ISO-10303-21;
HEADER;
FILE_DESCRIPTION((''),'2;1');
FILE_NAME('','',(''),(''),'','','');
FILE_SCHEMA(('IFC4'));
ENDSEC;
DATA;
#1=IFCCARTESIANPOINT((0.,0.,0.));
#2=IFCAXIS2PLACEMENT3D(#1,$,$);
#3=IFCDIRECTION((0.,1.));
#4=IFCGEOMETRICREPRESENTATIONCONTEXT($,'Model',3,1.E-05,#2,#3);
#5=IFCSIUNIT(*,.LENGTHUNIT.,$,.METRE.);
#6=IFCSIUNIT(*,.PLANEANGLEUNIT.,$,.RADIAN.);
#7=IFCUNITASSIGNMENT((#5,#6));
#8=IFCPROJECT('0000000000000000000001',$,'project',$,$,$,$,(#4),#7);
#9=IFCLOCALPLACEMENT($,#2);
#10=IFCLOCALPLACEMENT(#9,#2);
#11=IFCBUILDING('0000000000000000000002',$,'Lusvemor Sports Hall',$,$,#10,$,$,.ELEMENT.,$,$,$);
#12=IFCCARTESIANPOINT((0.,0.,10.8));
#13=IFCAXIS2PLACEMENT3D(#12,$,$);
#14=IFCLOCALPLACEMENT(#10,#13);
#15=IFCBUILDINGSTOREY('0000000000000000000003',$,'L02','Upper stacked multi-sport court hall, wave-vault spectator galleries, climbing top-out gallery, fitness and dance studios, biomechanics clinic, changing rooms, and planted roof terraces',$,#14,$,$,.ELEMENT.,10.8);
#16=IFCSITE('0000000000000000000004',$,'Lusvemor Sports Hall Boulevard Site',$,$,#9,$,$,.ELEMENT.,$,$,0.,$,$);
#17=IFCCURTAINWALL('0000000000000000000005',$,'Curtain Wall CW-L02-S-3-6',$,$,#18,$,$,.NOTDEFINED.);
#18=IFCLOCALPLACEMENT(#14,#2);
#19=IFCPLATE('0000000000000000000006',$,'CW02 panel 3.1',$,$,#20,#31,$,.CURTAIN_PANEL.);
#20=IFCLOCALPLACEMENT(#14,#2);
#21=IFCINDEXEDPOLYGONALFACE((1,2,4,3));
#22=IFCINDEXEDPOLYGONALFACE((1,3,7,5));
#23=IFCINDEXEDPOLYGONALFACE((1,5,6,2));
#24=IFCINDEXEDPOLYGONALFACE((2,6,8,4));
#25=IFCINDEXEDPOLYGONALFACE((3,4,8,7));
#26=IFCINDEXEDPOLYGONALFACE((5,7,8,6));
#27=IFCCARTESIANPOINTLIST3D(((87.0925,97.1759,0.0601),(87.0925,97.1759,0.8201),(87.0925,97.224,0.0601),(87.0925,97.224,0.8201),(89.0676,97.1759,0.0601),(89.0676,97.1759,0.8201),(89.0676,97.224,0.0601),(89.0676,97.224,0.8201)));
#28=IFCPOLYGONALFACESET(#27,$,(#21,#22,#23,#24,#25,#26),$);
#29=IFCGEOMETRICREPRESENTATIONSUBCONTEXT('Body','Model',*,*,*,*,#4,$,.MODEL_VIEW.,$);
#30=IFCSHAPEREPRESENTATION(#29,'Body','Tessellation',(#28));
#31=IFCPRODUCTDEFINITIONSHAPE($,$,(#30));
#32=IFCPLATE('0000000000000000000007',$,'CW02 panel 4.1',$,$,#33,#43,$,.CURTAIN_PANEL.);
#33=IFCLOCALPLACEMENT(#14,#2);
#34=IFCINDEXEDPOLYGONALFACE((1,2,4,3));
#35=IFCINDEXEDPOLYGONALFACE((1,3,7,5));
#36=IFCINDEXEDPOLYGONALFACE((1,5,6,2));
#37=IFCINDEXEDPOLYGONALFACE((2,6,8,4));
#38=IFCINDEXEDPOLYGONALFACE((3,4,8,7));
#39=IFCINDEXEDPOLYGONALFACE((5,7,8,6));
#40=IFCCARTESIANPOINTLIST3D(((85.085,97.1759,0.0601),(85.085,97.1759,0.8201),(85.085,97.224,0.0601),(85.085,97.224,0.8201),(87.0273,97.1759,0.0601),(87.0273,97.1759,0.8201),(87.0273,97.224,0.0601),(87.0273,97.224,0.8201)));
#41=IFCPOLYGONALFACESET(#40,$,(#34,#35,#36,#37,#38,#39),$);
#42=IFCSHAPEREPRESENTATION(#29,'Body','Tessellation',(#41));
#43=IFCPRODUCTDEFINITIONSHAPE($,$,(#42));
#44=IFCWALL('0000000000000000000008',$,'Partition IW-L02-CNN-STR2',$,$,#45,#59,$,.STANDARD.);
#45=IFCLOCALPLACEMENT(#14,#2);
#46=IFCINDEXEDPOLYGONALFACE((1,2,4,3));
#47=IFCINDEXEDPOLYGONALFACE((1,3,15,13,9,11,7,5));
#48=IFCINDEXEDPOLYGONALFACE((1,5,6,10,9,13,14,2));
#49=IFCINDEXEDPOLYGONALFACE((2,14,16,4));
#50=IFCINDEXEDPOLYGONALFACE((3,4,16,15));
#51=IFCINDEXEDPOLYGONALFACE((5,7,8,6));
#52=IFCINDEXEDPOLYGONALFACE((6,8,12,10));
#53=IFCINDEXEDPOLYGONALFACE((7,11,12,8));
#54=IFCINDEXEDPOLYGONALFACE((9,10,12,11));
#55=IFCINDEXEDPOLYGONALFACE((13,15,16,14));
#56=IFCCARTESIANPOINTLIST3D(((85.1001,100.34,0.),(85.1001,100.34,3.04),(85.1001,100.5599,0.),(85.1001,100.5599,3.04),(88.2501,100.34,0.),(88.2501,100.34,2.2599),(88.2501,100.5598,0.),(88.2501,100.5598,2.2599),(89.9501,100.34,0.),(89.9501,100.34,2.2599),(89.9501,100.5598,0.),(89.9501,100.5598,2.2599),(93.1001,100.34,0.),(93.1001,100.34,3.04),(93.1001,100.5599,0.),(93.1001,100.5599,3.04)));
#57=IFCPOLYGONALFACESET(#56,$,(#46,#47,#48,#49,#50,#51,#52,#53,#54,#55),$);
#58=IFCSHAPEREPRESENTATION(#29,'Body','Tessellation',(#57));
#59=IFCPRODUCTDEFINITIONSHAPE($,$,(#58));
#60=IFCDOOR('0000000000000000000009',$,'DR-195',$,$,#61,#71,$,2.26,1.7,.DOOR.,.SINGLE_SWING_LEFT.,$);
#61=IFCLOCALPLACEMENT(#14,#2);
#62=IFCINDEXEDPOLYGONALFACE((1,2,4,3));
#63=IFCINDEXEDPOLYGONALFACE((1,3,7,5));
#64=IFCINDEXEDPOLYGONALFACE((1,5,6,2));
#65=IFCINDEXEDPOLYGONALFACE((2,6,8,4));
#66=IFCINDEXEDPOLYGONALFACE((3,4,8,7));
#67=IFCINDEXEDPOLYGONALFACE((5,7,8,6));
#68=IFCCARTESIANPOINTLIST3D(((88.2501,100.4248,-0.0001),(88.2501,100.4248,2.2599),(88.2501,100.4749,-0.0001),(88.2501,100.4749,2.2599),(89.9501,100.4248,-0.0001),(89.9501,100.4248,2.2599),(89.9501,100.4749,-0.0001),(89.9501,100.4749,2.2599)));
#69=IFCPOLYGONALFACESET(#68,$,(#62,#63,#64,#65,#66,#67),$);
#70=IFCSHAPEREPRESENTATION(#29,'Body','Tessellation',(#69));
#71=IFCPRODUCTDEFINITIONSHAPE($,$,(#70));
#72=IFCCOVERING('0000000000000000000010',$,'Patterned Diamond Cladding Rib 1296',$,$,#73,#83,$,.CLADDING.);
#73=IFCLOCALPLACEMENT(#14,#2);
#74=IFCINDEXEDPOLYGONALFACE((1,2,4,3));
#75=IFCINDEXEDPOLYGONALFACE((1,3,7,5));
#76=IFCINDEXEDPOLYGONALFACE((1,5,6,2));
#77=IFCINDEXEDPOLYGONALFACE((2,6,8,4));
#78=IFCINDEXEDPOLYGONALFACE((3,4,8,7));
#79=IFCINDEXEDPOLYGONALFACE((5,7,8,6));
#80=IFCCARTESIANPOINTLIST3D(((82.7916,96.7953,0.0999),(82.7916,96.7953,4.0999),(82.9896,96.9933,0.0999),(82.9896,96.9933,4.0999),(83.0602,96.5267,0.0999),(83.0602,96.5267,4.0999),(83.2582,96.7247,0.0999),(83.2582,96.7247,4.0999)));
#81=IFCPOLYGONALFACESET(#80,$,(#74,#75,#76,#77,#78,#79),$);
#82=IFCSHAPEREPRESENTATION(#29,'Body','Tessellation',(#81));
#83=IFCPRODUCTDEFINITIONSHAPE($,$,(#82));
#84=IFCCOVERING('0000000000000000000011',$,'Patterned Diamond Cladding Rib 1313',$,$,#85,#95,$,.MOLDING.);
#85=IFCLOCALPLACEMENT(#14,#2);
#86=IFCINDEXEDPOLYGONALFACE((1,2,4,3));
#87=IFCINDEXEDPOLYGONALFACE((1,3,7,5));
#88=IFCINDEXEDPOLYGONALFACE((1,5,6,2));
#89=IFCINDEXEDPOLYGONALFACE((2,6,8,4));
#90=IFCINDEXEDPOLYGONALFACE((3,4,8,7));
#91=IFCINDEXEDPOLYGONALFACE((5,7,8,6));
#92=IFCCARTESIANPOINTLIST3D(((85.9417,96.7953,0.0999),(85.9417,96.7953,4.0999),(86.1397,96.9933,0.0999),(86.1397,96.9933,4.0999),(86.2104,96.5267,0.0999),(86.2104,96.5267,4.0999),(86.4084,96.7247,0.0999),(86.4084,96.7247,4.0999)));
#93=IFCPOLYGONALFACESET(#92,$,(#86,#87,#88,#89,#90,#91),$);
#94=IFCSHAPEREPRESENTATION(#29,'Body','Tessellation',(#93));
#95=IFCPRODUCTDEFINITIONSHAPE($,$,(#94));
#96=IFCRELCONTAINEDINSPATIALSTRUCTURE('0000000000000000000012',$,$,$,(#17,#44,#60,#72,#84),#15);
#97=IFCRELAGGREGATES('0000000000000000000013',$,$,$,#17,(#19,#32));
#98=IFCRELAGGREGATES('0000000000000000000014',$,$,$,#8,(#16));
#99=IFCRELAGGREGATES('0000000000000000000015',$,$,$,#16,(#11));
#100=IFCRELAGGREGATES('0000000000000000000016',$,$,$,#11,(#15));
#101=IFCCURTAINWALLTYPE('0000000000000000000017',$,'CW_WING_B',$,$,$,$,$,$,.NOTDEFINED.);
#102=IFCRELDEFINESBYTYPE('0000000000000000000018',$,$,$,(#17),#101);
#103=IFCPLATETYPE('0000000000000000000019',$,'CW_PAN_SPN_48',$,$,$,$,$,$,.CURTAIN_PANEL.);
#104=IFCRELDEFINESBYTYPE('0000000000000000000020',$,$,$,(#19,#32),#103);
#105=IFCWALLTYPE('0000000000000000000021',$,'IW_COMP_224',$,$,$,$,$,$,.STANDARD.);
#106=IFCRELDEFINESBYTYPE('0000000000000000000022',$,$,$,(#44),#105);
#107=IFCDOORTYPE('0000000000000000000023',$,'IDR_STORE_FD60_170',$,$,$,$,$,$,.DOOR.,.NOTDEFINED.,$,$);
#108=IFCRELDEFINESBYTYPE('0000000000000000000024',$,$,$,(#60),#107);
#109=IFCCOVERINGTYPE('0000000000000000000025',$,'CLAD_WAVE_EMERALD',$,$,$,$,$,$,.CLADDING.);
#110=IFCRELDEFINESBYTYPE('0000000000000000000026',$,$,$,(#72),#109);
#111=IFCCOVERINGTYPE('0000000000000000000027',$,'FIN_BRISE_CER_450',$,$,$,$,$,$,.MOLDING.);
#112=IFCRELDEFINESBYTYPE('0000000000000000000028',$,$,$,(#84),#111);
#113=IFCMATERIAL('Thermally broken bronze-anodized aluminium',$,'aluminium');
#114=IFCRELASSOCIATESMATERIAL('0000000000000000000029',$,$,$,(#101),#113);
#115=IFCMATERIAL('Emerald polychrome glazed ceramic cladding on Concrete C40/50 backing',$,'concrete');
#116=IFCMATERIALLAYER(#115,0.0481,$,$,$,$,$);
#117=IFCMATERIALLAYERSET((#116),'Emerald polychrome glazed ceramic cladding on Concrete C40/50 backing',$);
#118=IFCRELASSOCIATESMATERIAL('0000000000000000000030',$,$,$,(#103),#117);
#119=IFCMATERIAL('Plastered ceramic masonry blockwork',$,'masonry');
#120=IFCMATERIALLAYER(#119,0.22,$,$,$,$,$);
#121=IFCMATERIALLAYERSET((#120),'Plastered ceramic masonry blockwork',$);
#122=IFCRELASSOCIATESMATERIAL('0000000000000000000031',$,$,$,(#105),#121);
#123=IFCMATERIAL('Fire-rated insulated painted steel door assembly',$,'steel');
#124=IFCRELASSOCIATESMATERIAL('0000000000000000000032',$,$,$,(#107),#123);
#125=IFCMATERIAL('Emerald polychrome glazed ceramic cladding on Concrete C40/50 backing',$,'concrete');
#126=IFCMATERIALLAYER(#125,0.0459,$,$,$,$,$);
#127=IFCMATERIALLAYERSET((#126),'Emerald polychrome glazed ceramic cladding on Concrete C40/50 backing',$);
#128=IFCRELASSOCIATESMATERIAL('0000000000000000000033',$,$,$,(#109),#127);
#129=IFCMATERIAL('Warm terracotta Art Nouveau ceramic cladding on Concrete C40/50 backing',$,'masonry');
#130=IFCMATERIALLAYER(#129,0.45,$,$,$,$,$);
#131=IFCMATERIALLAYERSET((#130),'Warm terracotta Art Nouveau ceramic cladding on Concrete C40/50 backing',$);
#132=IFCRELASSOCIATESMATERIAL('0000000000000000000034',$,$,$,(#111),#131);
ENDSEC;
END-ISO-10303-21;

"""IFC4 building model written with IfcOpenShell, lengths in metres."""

from ifc_helpers import new_model, si_unit, direction, frame, frame_2d, origin, origin_2d, place, context, subcontext, project, spatial, rectangle, extrude, material, layer, layer_set, type_object, element, fill, aggregate, save


model = new_model("IFC4")

# Units and contexts
model_context = context("Model", 3, precision=1e-05, world=origin(), true_north=direction((0.0, 1.0)))
body_context = subcontext(model_context, "Body", "Model", "MODEL_VIEW")
ifc_project = project(units=[si_unit("LENGTHUNIT", "METRE"), si_unit("PLANEANGLEUNIT", "RADIAN")], contexts=[model_context])

# Site, building, storey
site_placement = place(None, origin())
site = spatial("IfcSite", under=ifc_project, at=site_placement, Name="Lusvemor Sports Hall Boulevard Site", CompositionType="ELEMENT", RefElevation=0.0)
building_placement = place(site_placement, origin())
building = spatial("IfcBuilding", under=site, at=building_placement, Name="Lusvemor Sports Hall", CompositionType="ELEMENT")
storey_placement = place(building_placement, frame((0.0, 0.0, 10.8)))
storey = spatial("IfcBuildingStorey", under=building, at=storey_placement, Name="L02", Description="Upper stacked multi-sport court hall, wave-vault spectator galleries, climbing top-out gallery, fitness and dance studios, biomechanics clinic, changing rooms, and planted roof terraces", CompositionType="ELEMENT", Elevation=10.8)

# Curtain wall
ifc_material_1 = material(Name="Thermally broken bronze-anodized aluminium", Category="aluminium")
curtain_wall_type = type_object("IfcCurtainWallType", Name="CW_WING_B", PredefinedType="NOTDEFINED", material=ifc_material_1)
curtain_wall_1_placement = place(storey_placement, origin())
curtain_wall_1 = element("IfcCurtainWall", 1, at=curtain_wall_1_placement, inside=storey, type_object=curtain_wall_type, Name="Curtain Wall CW-L02-S-3-6", PredefinedType="NOTDEFINED")

# Plates
ifc_material_2 = material(Name="Emerald polychrome glazed ceramic cladding on Concrete C40/50 backing", Category="concrete")
ifc_layer_1 = layer(ifc_material_2, 0.0481)
ifc_layer_set_1 = layer_set([ifc_layer_1], Name="Emerald polychrome glazed ceramic cladding on Concrete C40/50 backing")
plate_type_1 = type_object("IfcPlateType", Name="CW_PAN_SPN_48", PredefinedType="CURTAIN_PANEL", material=ifc_layer_set_1)
plate_1_placement = place(storey_placement, frame((88.0801, 97.2, 0.0601), z_axis=(0.0, 0.0, 1.0), x_axis=(-1.0, 0.0, 0.0)))
plate_1 = element("IfcPlate", 2, at=plate_1_placement, type_object=plate_type_1, Name="CW02 panel 3.1", PredefinedType="CURTAIN_PANEL", context=body_context, shape_type="SweptSolid", body=[
    extrude(rectangle(XDim=1.9751, YDim=0.0481, at=origin_2d()), origin(), (0.0, 0.0, 1.0), 0.76),
])
plate_2_placement = place(storey_placement, frame((86.0562, 97.2, 0.0601), z_axis=(0.0, 0.0, 1.0), x_axis=(-1.0, 0.0, 0.0)))
plate_2 = element("IfcPlate", 3, at=plate_2_placement, type_object=plate_type_1, Name="CW02 panel 4.1", PredefinedType="CURTAIN_PANEL", context=body_context, shape_type="SweptSolid", body=[
    extrude(rectangle(XDim=1.9424, YDim=0.0481, at=origin_2d()), origin(), (0.0, 0.0, 1.0), 0.76),
])
aggregate(curtain_wall_1, [plate_1, plate_2])

# Wall, opening, door
ifc_material_3 = material(Name="Plastered ceramic masonry blockwork", Category="masonry")
ifc_layer_2 = layer(ifc_material_3, 0.22)
ifc_layer_set_2 = layer_set([ifc_layer_2], Name="Plastered ceramic masonry blockwork")
wall_type = type_object("IfcWallType", Name="IW_COMP_224", PredefinedType="STANDARD", material=ifc_layer_set_2)
wall_placement = place(storey_placement, frame((85.1001, 100.45, 0.0), z_axis=(0.0, 0.0, 1.0), x_axis=(1.0, 0.0, 0.0)))
wall = element("IfcWall", 4, at=wall_placement, inside=storey, type_object=wall_type, Name="Partition IW-L02-CNN-STR2", PredefinedType="STANDARD", context=body_context, shape_type="SweptSolid", body=[
    extrude(rectangle(XDim=8.0, YDim=0.22, at=frame_2d((4.0, 0.0))), origin(), (0.0, 0.0, 1.0), 3.04),
])
opening_placement = place(wall_placement, frame((3.1499, 0.0, 0.0)))
opening = element("IfcOpeningElement", 5, at=opening_placement, cuts=wall, PredefinedType="OPENING", context=body_context, shape_type="SweptSolid", body=[
    extrude(rectangle(XDim=1.7, YDim=2.26, at=frame_2d((0.8501, 1.1299))), frame((0.0, 0.1099, 0.0), z_axis=(0.0, -1.0, 0.0), x_axis=(1.0, 0.0, 0.0)), (0.0, 0.0, 1.0), 0.22),
])
ifc_material_4 = material(Name="Fire-rated insulated painted steel door assembly", Category="steel")
door_type = type_object("IfcDoorType", Name="IDR_STORE_FD60_170", OperationType="NOTDEFINED", PredefinedType="DOOR", material=ifc_material_4)
door_placement = place(opening_placement, origin())
door = element("IfcDoor", 6, at=door_placement, inside=storey, type_object=door_type, Name="DR-195", OperationType="SINGLE_SWING_LEFT", OverallHeight=2.26, OverallWidth=1.7, PredefinedType="DOOR", context=body_context, shape_type="SweptSolid", body=[
    extrude(rectangle(XDim=1.7, YDim=2.26, at=frame_2d((0.8501, 1.1299))), frame((0.0, 0.0249, 0.0), z_axis=(0.0, -1.0, 0.0), x_axis=(1.0, 0.0, 0.0)), (0.0, 0.0, 1.0), 0.05),
])
fill(opening, door)

# Coverings
ifc_material_5 = material(Name="Emerald polychrome glazed ceramic cladding on Concrete C40/50 backing", Category="concrete")
ifc_layer_3 = layer(ifc_material_5, 0.0459)
ifc_layer_set_3 = layer_set([ifc_layer_3], Name="Emerald polychrome glazed ceramic cladding on Concrete C40/50 backing")
covering_type_1 = type_object("IfcCoveringType", Name="CLAD_WAVE_EMERALD", PredefinedType="CLADDING", material=ifc_layer_set_3)
covering_1_placement = place(storey_placement, frame((83.0249, 96.76, 0.0999), z_axis=(0.0, 0.0, 1.0), x_axis=(0.707107, 0.707107, 0.0)))
element("IfcCovering", 7, at=covering_1_placement, inside=storey, type_object=covering_type_1, Name="Patterned Diamond Cladding Rib 1296", PredefinedType="CLADDING", context=body_context, shape_type="SweptSolid", body=[
    extrude(rectangle(XDim=0.28, YDim=0.3799, at=origin_2d()), origin(), (0.0, 0.0, 1.0), 4.0),
])
ifc_material_6 = material(Name="Warm terracotta Art Nouveau ceramic cladding on Concrete C40/50 backing", Category="masonry")
ifc_layer_4 = layer(ifc_material_6, 0.45)
ifc_layer_set_4 = layer_set([ifc_layer_4], Name="Warm terracotta Art Nouveau ceramic cladding on Concrete C40/50 backing")
covering_type_2 = type_object("IfcCoveringType", Name="FIN_BRISE_CER_450", PredefinedType="MOLDING", material=ifc_layer_set_4)
covering_2_placement = place(storey_placement, frame((86.175, 96.76, 0.0999), z_axis=(0.0, 0.0, 1.0), x_axis=(0.707107, 0.707107, 0.0)))
element("IfcCovering", 8, at=covering_2_placement, inside=storey, type_object=covering_type_2, Name="Patterned Diamond Cladding Rib 1313", PredefinedType="MOLDING", context=body_context, shape_type="SweptSolid", body=[
    extrude(rectangle(XDim=0.28, YDim=0.3799, at=origin_2d()), origin(), (0.0, 0.0, 1.0), 4.0),
])

save(model, "model.ifc")
